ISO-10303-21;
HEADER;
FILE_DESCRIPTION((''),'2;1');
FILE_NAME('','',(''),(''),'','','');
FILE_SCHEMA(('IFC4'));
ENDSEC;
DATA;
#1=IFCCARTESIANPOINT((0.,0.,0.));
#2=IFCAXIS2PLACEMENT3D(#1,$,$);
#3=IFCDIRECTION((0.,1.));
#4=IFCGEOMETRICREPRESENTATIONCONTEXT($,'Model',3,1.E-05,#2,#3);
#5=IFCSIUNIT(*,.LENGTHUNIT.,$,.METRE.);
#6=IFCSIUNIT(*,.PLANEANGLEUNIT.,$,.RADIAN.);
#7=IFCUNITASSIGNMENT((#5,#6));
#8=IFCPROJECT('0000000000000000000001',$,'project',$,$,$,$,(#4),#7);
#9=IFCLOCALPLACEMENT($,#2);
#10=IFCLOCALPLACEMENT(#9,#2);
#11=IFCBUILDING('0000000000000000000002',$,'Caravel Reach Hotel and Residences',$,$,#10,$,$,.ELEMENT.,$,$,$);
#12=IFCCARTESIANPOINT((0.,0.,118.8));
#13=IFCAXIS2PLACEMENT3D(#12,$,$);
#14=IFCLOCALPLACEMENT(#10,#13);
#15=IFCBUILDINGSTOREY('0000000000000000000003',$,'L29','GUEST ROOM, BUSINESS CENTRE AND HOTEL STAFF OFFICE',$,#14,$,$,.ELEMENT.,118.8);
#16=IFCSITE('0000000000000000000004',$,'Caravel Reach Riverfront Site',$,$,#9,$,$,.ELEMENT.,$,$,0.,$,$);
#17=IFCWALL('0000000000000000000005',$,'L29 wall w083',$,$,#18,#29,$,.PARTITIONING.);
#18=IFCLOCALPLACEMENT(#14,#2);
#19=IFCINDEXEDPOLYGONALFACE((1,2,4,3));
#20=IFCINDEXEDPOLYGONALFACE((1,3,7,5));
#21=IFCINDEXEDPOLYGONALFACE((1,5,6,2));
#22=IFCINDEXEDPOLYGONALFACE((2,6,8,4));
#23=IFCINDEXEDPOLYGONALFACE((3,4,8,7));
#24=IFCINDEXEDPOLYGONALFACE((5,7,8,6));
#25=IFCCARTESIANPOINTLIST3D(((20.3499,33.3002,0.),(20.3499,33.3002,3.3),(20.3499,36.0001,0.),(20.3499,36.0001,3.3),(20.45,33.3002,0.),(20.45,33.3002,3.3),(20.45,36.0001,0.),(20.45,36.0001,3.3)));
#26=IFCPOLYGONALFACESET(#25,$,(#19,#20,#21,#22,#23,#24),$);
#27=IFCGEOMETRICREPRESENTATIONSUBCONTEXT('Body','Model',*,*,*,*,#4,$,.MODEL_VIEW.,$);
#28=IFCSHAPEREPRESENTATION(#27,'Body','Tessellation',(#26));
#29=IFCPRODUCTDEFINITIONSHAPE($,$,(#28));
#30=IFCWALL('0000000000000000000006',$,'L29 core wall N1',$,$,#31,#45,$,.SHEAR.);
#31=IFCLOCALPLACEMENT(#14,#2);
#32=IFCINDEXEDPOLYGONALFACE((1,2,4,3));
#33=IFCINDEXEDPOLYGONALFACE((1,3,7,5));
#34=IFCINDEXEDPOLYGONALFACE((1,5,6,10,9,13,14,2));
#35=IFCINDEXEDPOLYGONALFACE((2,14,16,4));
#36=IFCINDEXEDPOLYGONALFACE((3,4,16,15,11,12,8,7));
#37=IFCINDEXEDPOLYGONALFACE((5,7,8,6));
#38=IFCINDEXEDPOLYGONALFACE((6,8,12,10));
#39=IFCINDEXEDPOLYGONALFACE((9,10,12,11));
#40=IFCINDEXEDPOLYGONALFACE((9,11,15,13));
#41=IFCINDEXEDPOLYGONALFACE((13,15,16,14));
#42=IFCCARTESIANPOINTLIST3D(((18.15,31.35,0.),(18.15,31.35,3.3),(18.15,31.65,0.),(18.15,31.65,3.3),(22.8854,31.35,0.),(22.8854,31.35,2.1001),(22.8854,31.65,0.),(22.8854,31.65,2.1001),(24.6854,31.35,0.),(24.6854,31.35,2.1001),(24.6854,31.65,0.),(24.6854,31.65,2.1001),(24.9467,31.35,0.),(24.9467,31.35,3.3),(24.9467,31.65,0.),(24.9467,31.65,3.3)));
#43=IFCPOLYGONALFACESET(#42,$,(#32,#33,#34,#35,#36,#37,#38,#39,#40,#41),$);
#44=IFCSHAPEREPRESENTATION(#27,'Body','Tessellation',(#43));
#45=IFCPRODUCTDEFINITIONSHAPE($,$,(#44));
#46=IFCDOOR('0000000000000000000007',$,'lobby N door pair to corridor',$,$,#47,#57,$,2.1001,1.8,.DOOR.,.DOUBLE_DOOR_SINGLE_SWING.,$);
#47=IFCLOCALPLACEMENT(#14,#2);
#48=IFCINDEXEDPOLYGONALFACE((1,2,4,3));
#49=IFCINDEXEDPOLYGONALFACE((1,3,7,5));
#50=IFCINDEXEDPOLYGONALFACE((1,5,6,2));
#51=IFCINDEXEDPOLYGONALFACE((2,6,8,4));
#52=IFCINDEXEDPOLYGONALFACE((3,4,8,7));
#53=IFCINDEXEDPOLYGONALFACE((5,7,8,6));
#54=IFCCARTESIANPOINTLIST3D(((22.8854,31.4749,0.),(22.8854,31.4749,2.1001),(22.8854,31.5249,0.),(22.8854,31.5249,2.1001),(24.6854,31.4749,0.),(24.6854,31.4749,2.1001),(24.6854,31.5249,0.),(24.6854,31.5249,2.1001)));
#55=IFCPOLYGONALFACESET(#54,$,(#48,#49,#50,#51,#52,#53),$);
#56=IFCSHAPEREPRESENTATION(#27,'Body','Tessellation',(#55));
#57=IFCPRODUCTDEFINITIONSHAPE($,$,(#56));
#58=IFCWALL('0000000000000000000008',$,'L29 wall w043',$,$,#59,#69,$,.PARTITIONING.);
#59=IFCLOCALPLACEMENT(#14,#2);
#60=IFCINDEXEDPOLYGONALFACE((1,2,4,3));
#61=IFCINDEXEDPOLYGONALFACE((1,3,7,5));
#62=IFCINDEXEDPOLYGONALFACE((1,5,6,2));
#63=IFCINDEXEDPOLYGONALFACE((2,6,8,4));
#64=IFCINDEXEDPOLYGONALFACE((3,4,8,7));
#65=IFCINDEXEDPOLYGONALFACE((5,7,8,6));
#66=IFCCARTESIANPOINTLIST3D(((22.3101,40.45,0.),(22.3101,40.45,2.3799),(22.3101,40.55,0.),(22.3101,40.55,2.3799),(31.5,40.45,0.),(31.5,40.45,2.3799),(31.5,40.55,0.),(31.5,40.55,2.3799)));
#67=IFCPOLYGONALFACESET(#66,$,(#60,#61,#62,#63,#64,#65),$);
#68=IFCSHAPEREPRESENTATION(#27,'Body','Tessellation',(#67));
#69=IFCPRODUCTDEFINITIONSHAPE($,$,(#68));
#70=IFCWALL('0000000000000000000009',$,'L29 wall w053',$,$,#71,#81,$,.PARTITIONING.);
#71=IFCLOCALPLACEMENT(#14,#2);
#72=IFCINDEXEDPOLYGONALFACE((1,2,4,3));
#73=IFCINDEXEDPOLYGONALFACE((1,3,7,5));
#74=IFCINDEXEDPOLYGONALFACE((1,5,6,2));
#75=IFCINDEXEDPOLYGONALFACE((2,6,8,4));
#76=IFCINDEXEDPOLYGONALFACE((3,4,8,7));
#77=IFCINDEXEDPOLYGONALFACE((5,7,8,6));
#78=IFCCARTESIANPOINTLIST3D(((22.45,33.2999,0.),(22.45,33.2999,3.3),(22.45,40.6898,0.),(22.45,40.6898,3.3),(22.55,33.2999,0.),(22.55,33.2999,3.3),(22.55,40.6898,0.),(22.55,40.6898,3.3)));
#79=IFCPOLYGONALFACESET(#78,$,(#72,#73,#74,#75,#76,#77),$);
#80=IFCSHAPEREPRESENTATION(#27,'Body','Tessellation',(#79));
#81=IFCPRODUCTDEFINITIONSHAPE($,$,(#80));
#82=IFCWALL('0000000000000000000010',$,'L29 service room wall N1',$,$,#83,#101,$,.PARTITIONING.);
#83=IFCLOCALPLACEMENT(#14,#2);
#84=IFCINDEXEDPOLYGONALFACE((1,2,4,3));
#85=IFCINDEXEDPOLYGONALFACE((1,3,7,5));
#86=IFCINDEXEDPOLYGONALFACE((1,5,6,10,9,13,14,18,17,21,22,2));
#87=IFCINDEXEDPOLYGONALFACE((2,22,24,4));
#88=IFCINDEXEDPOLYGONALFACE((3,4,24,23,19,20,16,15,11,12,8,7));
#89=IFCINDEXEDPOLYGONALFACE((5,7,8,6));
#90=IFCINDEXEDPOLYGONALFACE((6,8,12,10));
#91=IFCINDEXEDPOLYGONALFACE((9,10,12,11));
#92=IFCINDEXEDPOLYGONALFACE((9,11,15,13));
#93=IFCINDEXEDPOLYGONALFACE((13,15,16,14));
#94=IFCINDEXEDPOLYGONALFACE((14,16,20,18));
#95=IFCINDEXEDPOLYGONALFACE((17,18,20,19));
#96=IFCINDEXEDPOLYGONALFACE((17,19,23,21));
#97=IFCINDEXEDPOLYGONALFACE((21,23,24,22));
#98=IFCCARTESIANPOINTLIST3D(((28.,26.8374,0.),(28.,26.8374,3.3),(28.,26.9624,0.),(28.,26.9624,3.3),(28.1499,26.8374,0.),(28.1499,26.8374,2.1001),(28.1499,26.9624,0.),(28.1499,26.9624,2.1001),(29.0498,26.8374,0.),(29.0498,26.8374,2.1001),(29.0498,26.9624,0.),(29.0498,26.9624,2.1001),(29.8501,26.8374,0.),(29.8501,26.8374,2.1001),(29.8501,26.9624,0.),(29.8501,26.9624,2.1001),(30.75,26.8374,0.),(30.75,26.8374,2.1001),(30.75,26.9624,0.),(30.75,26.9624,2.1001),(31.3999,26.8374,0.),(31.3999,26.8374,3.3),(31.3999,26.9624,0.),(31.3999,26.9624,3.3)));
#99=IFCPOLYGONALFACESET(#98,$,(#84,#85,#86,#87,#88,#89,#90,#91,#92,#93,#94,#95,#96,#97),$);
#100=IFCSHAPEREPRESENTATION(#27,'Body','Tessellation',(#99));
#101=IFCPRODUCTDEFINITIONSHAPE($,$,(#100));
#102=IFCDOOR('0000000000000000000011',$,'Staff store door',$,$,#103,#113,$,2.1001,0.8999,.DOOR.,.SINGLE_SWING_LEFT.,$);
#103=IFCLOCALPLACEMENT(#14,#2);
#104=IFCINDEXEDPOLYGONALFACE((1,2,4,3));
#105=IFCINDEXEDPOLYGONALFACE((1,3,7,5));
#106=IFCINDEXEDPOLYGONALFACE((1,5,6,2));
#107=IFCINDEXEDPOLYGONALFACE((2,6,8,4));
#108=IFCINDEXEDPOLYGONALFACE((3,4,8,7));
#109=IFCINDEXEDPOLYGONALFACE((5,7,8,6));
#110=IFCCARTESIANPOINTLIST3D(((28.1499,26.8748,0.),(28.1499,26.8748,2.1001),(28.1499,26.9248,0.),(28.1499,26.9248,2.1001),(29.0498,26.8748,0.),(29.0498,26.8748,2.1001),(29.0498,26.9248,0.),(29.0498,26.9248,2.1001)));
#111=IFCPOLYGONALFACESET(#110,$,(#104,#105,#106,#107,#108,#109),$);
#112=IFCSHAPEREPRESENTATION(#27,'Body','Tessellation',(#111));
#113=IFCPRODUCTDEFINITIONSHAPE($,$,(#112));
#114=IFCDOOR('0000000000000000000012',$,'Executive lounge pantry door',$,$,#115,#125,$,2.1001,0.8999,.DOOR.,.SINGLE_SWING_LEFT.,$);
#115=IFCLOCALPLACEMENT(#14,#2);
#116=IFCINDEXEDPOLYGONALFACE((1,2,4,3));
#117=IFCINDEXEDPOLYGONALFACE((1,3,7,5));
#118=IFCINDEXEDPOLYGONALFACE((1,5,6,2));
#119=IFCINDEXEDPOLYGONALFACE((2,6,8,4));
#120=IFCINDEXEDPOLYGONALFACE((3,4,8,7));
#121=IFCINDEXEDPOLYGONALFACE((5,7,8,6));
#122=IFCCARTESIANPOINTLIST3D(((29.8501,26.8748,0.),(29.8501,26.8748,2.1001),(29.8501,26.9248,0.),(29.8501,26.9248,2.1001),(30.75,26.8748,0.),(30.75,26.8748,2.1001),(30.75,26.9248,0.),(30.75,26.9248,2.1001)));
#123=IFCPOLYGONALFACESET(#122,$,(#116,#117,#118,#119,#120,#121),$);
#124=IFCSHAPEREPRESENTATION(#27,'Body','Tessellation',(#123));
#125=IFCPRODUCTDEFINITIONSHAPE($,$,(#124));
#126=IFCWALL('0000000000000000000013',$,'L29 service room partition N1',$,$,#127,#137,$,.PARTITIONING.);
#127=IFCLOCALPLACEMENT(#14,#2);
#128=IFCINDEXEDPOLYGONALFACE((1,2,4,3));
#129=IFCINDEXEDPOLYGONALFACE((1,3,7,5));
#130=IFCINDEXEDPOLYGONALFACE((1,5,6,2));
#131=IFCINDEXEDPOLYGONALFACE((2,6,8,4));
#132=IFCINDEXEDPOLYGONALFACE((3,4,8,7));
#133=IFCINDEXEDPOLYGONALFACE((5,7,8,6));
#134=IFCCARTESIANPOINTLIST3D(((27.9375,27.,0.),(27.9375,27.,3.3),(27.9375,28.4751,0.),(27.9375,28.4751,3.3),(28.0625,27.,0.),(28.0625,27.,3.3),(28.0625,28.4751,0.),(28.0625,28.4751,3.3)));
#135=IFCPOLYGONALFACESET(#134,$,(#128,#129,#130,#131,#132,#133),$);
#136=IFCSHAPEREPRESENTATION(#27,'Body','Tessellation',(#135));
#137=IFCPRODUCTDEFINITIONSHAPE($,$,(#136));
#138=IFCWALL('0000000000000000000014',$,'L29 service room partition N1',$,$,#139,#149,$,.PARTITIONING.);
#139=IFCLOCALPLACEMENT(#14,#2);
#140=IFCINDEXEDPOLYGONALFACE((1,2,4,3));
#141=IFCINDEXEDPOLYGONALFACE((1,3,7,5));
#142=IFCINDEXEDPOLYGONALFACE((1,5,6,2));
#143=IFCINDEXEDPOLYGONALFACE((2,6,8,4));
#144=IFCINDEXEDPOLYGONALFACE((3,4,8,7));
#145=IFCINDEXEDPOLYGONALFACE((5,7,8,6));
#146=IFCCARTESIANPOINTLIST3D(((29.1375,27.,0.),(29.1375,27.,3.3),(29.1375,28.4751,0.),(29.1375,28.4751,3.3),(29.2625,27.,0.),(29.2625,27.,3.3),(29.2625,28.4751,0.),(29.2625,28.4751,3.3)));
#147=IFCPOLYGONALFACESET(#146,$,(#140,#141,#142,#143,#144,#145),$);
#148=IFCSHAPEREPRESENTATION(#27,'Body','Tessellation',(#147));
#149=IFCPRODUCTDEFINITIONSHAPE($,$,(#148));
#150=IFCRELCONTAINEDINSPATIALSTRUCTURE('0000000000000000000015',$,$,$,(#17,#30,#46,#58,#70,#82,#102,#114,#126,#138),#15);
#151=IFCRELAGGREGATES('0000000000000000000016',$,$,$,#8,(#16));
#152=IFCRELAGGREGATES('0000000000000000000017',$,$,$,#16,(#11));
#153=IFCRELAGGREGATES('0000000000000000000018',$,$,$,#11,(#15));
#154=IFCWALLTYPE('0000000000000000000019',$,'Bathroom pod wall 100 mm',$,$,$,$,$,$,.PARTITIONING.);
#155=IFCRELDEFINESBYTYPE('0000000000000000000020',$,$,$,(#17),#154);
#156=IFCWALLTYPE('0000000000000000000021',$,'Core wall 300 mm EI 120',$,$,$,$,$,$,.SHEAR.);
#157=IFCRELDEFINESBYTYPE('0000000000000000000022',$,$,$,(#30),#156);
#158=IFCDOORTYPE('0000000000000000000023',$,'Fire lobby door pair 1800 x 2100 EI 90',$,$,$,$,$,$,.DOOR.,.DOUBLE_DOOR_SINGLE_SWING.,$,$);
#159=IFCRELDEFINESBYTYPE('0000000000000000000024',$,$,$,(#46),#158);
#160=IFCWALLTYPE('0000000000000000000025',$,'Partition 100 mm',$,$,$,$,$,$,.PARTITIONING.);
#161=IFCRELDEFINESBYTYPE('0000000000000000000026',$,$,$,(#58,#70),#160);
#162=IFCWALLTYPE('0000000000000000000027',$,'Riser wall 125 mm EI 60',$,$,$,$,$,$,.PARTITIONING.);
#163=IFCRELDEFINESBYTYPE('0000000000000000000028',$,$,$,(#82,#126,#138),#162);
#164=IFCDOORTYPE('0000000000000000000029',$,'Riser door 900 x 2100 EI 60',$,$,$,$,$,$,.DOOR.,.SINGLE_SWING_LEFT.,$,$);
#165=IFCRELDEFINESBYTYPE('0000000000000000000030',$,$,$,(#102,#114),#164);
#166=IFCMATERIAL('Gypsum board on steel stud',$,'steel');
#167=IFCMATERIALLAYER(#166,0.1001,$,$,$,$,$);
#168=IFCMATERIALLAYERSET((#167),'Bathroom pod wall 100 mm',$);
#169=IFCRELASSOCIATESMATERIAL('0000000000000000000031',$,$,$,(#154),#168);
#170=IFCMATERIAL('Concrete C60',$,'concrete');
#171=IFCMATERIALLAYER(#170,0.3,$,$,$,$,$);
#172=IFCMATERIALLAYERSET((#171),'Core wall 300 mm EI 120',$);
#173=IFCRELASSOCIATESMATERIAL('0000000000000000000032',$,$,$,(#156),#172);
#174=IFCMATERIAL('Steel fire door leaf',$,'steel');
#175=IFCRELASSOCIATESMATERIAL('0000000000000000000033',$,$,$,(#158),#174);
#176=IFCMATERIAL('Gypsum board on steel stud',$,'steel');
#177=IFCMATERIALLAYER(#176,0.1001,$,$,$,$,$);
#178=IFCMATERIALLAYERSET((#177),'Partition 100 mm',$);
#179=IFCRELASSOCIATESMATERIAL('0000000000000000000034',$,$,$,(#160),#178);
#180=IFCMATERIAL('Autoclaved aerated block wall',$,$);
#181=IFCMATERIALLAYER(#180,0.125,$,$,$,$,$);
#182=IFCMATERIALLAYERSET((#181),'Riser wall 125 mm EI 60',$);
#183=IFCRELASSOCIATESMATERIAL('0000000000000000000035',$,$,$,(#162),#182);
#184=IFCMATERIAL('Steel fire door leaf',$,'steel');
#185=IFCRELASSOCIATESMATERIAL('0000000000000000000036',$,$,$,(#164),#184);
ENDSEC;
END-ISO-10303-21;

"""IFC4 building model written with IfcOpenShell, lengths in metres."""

from ifc_helpers import new_model, si_unit, direction, frame, frame_2d, origin, place, context, subcontext, project, spatial, rectangle, extrude, material, layer, layer_set, type_object, element, fill, save


model = new_model("IFC4")

# Units and contexts
model_context = context("Model", 3, precision=1e-05, world=origin(), true_north=direction((0.0, 1.0)))
body_context = subcontext(model_context, "Body", "Model", "MODEL_VIEW")
ifc_project = project(units=[si_unit("LENGTHUNIT", "METRE"), si_unit("PLANEANGLEUNIT", "RADIAN")], contexts=[model_context])

# Site, building, storey
site_placement = place(None, origin())
site = spatial("IfcSite", under=ifc_project, at=site_placement, Name="Caravel Reach Riverfront Site", CompositionType="ELEMENT", RefElevation=0.0)
building_placement = place(site_placement, origin())
building = spatial("IfcBuilding", under=site, at=building_placement, Name="Caravel Reach Hotel and Residences", CompositionType="ELEMENT")
storey_placement = place(building_placement, frame((0.0, 0.0, 118.8)))
storey = spatial("IfcBuildingStorey", under=building, at=storey_placement, Name="L29", Description="GUEST ROOM, BUSINESS CENTRE AND HOTEL STAFF OFFICE", CompositionType="ELEMENT", Elevation=118.8)

# Wall
ifc_material_1 = material(Name="Gypsum board on steel stud", Category="steel")
ifc_layer_1 = layer(ifc_material_1, 0.1001)
ifc_layer_set_1 = layer_set([ifc_layer_1], Name="Bathroom pod wall 100 mm")
wall_type_1 = type_object("IfcWallType", Name="Bathroom pod wall 100 mm", PredefinedType="PARTITIONING", material=ifc_layer_set_1)
wall_1_placement = place(storey_placement, frame((20.3999, 33.3, 0.0), z_axis=(0.0, 0.0, 1.0), x_axis=(0.0, 1.0, 0.0)))
element("IfcWall", 1, at=wall_1_placement, inside=storey, type_object=wall_type_1, Name="L29 wall w083", PredefinedType="PARTITIONING", context=body_context, shape_type="SweptSolid", body=[
    extrude(rectangle(XDim=2.7, YDim=0.1001, at=frame_2d((1.3501, 0.0))), origin(), (0.0, 0.0, 1.0), 3.3),
])

# Wall, opening, door
ifc_material_2 = material(Name="Concrete C60", Category="concrete")
ifc_layer_2 = layer(ifc_material_2, 0.3)
ifc_layer_set_2 = layer_set([ifc_layer_2], Name="Core wall 300 mm EI 120")
wall_type_2 = type_object("IfcWallType", Name="Core wall 300 mm EI 120", PredefinedType="SHEAR", material=ifc_layer_set_2)
wall_2_placement = place(storey_placement, frame((18.1499, 31.5, 0.0), z_axis=(0.0, 0.0, 1.0), x_axis=(1.0, 0.0, 0.0)))
wall_2 = element("IfcWall", 2, at=wall_2_placement, inside=storey, type_object=wall_type_2, Name="L29 core wall N1", PredefinedType="SHEAR", context=body_context, shape_type="SweptSolid", body=[
    extrude(rectangle(XDim=6.7966, YDim=0.3, at=frame_2d((3.3984, 0.0))), origin(), (0.0, 0.0, 1.0), 3.3),
])
opening_1_placement = place(wall_2_placement, frame((4.7356, 0.0, 0.0)))
opening_1 = element("IfcOpeningElement", 3, at=opening_1_placement, cuts=wall_2, PredefinedType="OPENING", context=body_context, shape_type="SweptSolid", body=[
    extrude(rectangle(XDim=1.8, YDim=2.1001, at=frame_2d((0.8999, 1.05))), frame((0.0, 0.1599, 0.0), z_axis=(0.0, -1.0, 0.0), x_axis=(1.0, 0.0, 0.0)), (0.0, 0.0, 1.0), 0.3201),
])
ifc_material_3 = material(Name="Steel fire door leaf", Category="steel")
door_type_1 = type_object("IfcDoorType", Name="Fire lobby door pair 1800 x 2100 EI 90", OperationType="DOUBLE_DOOR_SINGLE_SWING", PredefinedType="DOOR", material=ifc_material_3)
door_1_placement = place(opening_1_placement, origin())
door_1 = element("IfcDoor", 4, at=door_1_placement, inside=storey, type_object=door_type_1, Name="lobby N door pair to corridor", OperationType="DOUBLE_DOOR_SINGLE_SWING", OverallHeight=2.1001, OverallWidth=1.8, PredefinedType="DOOR", context=body_context, shape_type="SweptSolid", body=[
    extrude(rectangle(XDim=1.8, YDim=2.1001, at=frame_2d((0.8999, 1.05))), frame((0.0, 0.0249, 0.0), z_axis=(0.0, -1.0, 0.0), x_axis=(1.0, 0.0, 0.0)), (0.0, 0.0, 1.0), 0.05),
])
fill(opening_1, door_1)

# Walls
ifc_material_4 = material(Name="Gypsum board on steel stud", Category="steel")
ifc_layer_3 = layer(ifc_material_4, 0.1001)
ifc_layer_set_3 = layer_set([ifc_layer_3], Name="Partition 100 mm")
wall_type_3 = type_object("IfcWallType", Name="Partition 100 mm", PredefinedType="PARTITIONING", material=ifc_layer_set_3)
wall_3_placement = place(storey_placement, frame((22.3101, 40.5, 0.0), z_axis=(0.0, 0.0, 1.0), x_axis=(1.0, 0.0, 0.0)))
element("IfcWall", 5, at=wall_3_placement, inside=storey, type_object=wall_type_3, Name="L29 wall w043", PredefinedType="PARTITIONING", context=body_context, shape_type="SweptSolid", body=[
    extrude(rectangle(XDim=9.1899, YDim=0.1001, at=frame_2d((4.595, 0.0))), origin(), (0.0, 0.0, 1.0), 2.3799),
])
wall_4_placement = place(storey_placement, frame((22.5, 33.3, 0.0), z_axis=(0.0, 0.0, 1.0), x_axis=(0.0, 1.0, 0.0)))
element("IfcWall", 6, at=wall_4_placement, inside=storey, type_object=wall_type_3, Name="L29 wall w053", PredefinedType="PARTITIONING", context=body_context, shape_type="SweptSolid", body=[
    extrude(rectangle(XDim=7.3899, YDim=0.1001, at=frame_2d((3.6948, 0.0))), origin(), (0.0, 0.0, 1.0), 3.3),
])

# Wall, openings, doors
ifc_material_5 = material(Name="Autoclaved aerated block wall")
ifc_layer_4 = layer(ifc_material_5, 0.125)
ifc_layer_set_4 = layer_set([ifc_layer_4], Name="Riser wall 125 mm EI 60")
wall_type_4 = type_object("IfcWallType", Name="Riser wall 125 mm EI 60", PredefinedType="PARTITIONING", material=ifc_layer_set_4)
wall_5_placement = place(storey_placement, frame((28.0, 26.8999, 0.0), z_axis=(0.0, 0.0, 1.0), x_axis=(1.0, 0.0, 0.0)))
wall_5 = element("IfcWall", 7, at=wall_5_placement, inside=storey, type_object=wall_type_4, Name="L29 service room wall N1", PredefinedType="PARTITIONING", context=body_context, shape_type="SweptSolid", body=[
    extrude(rectangle(XDim=3.3999, YDim=0.125, at=frame_2d((1.7, 0.0))), origin(), (0.0, 0.0, 1.0), 3.3),
])
opening_2_placement = place(wall_5_placement, frame((0.1499, 0.0, 0.0)))
opening_2 = element("IfcOpeningElement", 8, at=opening_2_placement, cuts=wall_5, PredefinedType="OPENING", context=body_context, shape_type="SweptSolid", body=[
    extrude(rectangle(XDim=0.8999, YDim=2.1001, at=frame_2d((0.45, 1.05))), frame((0.0, 0.0725, 0.0), z_axis=(0.0, -1.0, 0.0), x_axis=(1.0, 0.0, 0.0)), (0.0, 0.0, 1.0), 0.145),
])
opening_3_placement = place(wall_5_placement, frame((1.8501, 0.0, 0.0)))
opening_3 = element("IfcOpeningElement", 9, at=opening_3_placement, cuts=wall_5, PredefinedType="OPENING", context=body_context, shape_type="SweptSolid", body=[
    extrude(rectangle(XDim=0.8999, YDim=2.1001, at=frame_2d((0.45, 1.05))), frame((0.0, 0.0725, 0.0), z_axis=(0.0, -1.0, 0.0), x_axis=(1.0, 0.0, 0.0)), (0.0, 0.0, 1.0), 0.145),
])
ifc_material_6 = material(Name="Steel fire door leaf", Category="steel")
door_type_2 = type_object("IfcDoorType", Name="Riser door 900 x 2100 EI 60", OperationType="SINGLE_SWING_LEFT", PredefinedType="DOOR", material=ifc_material_6)
door_2_placement = place(opening_2_placement, origin())
door_2 = element("IfcDoor", 10, at=door_2_placement, inside=storey, type_object=door_type_2, Name="Staff store door", OperationType="SINGLE_SWING_LEFT", OverallHeight=2.1001, OverallWidth=0.8999, PredefinedType="DOOR", context=body_context, shape_type="SweptSolid", body=[
    extrude(rectangle(XDim=0.8999, YDim=2.1001, at=frame_2d((0.45, 1.05))), frame((0.0, 0.0249, 0.0), z_axis=(0.0, -1.0, 0.0), x_axis=(1.0, 0.0, 0.0)), (0.0, 0.0, 1.0), 0.05),
])
fill(opening_2, door_2)
door_3_placement = place(opening_3_placement, origin())
door_3 = element("IfcDoor", 11, at=door_3_placement, inside=storey, type_object=door_type_2, Name="Executive lounge pantry door", OperationType="SINGLE_SWING_LEFT", OverallHeight=2.1001, OverallWidth=0.8999, PredefinedType="DOOR", context=body_context, shape_type="SweptSolid", body=[
    extrude(rectangle(XDim=0.8999, YDim=2.1001, at=frame_2d((0.45, 1.05))), frame((0.0, 0.0249, 0.0), z_axis=(0.0, -1.0, 0.0), x_axis=(1.0, 0.0, 0.0)), (0.0, 0.0, 1.0), 0.05),
])
fill(opening_3, door_3)

# Walls
for number, where, z_axis, x_axis, name in (
    (12, (28.0, 28.4751, 0.0), (0.0, 0.0, 1.0), (0.0, -1.0, 0.0), "L29 service room partition N1"),
    (13, (29.2, 28.4751, 0.0), (0.0, 0.0, 1.0), (0.0, -1.0, 0.0), "L29 service room partition N1"),
):
    element("IfcWall", number, at=place(storey_placement, frame(where, z_axis=z_axis, x_axis=x_axis)), inside=storey, type_object=wall_type_4, Name=name, PredefinedType="PARTITIONING", context=body_context, shape_type="SweptSolid", body=[
        extrude(rectangle(XDim=1.4751, YDim=0.125, at=frame_2d((0.7375, 0.0))), origin(), (0.0, 0.0, 1.0), 3.3),
    ])

save(model, "model.ifc")
